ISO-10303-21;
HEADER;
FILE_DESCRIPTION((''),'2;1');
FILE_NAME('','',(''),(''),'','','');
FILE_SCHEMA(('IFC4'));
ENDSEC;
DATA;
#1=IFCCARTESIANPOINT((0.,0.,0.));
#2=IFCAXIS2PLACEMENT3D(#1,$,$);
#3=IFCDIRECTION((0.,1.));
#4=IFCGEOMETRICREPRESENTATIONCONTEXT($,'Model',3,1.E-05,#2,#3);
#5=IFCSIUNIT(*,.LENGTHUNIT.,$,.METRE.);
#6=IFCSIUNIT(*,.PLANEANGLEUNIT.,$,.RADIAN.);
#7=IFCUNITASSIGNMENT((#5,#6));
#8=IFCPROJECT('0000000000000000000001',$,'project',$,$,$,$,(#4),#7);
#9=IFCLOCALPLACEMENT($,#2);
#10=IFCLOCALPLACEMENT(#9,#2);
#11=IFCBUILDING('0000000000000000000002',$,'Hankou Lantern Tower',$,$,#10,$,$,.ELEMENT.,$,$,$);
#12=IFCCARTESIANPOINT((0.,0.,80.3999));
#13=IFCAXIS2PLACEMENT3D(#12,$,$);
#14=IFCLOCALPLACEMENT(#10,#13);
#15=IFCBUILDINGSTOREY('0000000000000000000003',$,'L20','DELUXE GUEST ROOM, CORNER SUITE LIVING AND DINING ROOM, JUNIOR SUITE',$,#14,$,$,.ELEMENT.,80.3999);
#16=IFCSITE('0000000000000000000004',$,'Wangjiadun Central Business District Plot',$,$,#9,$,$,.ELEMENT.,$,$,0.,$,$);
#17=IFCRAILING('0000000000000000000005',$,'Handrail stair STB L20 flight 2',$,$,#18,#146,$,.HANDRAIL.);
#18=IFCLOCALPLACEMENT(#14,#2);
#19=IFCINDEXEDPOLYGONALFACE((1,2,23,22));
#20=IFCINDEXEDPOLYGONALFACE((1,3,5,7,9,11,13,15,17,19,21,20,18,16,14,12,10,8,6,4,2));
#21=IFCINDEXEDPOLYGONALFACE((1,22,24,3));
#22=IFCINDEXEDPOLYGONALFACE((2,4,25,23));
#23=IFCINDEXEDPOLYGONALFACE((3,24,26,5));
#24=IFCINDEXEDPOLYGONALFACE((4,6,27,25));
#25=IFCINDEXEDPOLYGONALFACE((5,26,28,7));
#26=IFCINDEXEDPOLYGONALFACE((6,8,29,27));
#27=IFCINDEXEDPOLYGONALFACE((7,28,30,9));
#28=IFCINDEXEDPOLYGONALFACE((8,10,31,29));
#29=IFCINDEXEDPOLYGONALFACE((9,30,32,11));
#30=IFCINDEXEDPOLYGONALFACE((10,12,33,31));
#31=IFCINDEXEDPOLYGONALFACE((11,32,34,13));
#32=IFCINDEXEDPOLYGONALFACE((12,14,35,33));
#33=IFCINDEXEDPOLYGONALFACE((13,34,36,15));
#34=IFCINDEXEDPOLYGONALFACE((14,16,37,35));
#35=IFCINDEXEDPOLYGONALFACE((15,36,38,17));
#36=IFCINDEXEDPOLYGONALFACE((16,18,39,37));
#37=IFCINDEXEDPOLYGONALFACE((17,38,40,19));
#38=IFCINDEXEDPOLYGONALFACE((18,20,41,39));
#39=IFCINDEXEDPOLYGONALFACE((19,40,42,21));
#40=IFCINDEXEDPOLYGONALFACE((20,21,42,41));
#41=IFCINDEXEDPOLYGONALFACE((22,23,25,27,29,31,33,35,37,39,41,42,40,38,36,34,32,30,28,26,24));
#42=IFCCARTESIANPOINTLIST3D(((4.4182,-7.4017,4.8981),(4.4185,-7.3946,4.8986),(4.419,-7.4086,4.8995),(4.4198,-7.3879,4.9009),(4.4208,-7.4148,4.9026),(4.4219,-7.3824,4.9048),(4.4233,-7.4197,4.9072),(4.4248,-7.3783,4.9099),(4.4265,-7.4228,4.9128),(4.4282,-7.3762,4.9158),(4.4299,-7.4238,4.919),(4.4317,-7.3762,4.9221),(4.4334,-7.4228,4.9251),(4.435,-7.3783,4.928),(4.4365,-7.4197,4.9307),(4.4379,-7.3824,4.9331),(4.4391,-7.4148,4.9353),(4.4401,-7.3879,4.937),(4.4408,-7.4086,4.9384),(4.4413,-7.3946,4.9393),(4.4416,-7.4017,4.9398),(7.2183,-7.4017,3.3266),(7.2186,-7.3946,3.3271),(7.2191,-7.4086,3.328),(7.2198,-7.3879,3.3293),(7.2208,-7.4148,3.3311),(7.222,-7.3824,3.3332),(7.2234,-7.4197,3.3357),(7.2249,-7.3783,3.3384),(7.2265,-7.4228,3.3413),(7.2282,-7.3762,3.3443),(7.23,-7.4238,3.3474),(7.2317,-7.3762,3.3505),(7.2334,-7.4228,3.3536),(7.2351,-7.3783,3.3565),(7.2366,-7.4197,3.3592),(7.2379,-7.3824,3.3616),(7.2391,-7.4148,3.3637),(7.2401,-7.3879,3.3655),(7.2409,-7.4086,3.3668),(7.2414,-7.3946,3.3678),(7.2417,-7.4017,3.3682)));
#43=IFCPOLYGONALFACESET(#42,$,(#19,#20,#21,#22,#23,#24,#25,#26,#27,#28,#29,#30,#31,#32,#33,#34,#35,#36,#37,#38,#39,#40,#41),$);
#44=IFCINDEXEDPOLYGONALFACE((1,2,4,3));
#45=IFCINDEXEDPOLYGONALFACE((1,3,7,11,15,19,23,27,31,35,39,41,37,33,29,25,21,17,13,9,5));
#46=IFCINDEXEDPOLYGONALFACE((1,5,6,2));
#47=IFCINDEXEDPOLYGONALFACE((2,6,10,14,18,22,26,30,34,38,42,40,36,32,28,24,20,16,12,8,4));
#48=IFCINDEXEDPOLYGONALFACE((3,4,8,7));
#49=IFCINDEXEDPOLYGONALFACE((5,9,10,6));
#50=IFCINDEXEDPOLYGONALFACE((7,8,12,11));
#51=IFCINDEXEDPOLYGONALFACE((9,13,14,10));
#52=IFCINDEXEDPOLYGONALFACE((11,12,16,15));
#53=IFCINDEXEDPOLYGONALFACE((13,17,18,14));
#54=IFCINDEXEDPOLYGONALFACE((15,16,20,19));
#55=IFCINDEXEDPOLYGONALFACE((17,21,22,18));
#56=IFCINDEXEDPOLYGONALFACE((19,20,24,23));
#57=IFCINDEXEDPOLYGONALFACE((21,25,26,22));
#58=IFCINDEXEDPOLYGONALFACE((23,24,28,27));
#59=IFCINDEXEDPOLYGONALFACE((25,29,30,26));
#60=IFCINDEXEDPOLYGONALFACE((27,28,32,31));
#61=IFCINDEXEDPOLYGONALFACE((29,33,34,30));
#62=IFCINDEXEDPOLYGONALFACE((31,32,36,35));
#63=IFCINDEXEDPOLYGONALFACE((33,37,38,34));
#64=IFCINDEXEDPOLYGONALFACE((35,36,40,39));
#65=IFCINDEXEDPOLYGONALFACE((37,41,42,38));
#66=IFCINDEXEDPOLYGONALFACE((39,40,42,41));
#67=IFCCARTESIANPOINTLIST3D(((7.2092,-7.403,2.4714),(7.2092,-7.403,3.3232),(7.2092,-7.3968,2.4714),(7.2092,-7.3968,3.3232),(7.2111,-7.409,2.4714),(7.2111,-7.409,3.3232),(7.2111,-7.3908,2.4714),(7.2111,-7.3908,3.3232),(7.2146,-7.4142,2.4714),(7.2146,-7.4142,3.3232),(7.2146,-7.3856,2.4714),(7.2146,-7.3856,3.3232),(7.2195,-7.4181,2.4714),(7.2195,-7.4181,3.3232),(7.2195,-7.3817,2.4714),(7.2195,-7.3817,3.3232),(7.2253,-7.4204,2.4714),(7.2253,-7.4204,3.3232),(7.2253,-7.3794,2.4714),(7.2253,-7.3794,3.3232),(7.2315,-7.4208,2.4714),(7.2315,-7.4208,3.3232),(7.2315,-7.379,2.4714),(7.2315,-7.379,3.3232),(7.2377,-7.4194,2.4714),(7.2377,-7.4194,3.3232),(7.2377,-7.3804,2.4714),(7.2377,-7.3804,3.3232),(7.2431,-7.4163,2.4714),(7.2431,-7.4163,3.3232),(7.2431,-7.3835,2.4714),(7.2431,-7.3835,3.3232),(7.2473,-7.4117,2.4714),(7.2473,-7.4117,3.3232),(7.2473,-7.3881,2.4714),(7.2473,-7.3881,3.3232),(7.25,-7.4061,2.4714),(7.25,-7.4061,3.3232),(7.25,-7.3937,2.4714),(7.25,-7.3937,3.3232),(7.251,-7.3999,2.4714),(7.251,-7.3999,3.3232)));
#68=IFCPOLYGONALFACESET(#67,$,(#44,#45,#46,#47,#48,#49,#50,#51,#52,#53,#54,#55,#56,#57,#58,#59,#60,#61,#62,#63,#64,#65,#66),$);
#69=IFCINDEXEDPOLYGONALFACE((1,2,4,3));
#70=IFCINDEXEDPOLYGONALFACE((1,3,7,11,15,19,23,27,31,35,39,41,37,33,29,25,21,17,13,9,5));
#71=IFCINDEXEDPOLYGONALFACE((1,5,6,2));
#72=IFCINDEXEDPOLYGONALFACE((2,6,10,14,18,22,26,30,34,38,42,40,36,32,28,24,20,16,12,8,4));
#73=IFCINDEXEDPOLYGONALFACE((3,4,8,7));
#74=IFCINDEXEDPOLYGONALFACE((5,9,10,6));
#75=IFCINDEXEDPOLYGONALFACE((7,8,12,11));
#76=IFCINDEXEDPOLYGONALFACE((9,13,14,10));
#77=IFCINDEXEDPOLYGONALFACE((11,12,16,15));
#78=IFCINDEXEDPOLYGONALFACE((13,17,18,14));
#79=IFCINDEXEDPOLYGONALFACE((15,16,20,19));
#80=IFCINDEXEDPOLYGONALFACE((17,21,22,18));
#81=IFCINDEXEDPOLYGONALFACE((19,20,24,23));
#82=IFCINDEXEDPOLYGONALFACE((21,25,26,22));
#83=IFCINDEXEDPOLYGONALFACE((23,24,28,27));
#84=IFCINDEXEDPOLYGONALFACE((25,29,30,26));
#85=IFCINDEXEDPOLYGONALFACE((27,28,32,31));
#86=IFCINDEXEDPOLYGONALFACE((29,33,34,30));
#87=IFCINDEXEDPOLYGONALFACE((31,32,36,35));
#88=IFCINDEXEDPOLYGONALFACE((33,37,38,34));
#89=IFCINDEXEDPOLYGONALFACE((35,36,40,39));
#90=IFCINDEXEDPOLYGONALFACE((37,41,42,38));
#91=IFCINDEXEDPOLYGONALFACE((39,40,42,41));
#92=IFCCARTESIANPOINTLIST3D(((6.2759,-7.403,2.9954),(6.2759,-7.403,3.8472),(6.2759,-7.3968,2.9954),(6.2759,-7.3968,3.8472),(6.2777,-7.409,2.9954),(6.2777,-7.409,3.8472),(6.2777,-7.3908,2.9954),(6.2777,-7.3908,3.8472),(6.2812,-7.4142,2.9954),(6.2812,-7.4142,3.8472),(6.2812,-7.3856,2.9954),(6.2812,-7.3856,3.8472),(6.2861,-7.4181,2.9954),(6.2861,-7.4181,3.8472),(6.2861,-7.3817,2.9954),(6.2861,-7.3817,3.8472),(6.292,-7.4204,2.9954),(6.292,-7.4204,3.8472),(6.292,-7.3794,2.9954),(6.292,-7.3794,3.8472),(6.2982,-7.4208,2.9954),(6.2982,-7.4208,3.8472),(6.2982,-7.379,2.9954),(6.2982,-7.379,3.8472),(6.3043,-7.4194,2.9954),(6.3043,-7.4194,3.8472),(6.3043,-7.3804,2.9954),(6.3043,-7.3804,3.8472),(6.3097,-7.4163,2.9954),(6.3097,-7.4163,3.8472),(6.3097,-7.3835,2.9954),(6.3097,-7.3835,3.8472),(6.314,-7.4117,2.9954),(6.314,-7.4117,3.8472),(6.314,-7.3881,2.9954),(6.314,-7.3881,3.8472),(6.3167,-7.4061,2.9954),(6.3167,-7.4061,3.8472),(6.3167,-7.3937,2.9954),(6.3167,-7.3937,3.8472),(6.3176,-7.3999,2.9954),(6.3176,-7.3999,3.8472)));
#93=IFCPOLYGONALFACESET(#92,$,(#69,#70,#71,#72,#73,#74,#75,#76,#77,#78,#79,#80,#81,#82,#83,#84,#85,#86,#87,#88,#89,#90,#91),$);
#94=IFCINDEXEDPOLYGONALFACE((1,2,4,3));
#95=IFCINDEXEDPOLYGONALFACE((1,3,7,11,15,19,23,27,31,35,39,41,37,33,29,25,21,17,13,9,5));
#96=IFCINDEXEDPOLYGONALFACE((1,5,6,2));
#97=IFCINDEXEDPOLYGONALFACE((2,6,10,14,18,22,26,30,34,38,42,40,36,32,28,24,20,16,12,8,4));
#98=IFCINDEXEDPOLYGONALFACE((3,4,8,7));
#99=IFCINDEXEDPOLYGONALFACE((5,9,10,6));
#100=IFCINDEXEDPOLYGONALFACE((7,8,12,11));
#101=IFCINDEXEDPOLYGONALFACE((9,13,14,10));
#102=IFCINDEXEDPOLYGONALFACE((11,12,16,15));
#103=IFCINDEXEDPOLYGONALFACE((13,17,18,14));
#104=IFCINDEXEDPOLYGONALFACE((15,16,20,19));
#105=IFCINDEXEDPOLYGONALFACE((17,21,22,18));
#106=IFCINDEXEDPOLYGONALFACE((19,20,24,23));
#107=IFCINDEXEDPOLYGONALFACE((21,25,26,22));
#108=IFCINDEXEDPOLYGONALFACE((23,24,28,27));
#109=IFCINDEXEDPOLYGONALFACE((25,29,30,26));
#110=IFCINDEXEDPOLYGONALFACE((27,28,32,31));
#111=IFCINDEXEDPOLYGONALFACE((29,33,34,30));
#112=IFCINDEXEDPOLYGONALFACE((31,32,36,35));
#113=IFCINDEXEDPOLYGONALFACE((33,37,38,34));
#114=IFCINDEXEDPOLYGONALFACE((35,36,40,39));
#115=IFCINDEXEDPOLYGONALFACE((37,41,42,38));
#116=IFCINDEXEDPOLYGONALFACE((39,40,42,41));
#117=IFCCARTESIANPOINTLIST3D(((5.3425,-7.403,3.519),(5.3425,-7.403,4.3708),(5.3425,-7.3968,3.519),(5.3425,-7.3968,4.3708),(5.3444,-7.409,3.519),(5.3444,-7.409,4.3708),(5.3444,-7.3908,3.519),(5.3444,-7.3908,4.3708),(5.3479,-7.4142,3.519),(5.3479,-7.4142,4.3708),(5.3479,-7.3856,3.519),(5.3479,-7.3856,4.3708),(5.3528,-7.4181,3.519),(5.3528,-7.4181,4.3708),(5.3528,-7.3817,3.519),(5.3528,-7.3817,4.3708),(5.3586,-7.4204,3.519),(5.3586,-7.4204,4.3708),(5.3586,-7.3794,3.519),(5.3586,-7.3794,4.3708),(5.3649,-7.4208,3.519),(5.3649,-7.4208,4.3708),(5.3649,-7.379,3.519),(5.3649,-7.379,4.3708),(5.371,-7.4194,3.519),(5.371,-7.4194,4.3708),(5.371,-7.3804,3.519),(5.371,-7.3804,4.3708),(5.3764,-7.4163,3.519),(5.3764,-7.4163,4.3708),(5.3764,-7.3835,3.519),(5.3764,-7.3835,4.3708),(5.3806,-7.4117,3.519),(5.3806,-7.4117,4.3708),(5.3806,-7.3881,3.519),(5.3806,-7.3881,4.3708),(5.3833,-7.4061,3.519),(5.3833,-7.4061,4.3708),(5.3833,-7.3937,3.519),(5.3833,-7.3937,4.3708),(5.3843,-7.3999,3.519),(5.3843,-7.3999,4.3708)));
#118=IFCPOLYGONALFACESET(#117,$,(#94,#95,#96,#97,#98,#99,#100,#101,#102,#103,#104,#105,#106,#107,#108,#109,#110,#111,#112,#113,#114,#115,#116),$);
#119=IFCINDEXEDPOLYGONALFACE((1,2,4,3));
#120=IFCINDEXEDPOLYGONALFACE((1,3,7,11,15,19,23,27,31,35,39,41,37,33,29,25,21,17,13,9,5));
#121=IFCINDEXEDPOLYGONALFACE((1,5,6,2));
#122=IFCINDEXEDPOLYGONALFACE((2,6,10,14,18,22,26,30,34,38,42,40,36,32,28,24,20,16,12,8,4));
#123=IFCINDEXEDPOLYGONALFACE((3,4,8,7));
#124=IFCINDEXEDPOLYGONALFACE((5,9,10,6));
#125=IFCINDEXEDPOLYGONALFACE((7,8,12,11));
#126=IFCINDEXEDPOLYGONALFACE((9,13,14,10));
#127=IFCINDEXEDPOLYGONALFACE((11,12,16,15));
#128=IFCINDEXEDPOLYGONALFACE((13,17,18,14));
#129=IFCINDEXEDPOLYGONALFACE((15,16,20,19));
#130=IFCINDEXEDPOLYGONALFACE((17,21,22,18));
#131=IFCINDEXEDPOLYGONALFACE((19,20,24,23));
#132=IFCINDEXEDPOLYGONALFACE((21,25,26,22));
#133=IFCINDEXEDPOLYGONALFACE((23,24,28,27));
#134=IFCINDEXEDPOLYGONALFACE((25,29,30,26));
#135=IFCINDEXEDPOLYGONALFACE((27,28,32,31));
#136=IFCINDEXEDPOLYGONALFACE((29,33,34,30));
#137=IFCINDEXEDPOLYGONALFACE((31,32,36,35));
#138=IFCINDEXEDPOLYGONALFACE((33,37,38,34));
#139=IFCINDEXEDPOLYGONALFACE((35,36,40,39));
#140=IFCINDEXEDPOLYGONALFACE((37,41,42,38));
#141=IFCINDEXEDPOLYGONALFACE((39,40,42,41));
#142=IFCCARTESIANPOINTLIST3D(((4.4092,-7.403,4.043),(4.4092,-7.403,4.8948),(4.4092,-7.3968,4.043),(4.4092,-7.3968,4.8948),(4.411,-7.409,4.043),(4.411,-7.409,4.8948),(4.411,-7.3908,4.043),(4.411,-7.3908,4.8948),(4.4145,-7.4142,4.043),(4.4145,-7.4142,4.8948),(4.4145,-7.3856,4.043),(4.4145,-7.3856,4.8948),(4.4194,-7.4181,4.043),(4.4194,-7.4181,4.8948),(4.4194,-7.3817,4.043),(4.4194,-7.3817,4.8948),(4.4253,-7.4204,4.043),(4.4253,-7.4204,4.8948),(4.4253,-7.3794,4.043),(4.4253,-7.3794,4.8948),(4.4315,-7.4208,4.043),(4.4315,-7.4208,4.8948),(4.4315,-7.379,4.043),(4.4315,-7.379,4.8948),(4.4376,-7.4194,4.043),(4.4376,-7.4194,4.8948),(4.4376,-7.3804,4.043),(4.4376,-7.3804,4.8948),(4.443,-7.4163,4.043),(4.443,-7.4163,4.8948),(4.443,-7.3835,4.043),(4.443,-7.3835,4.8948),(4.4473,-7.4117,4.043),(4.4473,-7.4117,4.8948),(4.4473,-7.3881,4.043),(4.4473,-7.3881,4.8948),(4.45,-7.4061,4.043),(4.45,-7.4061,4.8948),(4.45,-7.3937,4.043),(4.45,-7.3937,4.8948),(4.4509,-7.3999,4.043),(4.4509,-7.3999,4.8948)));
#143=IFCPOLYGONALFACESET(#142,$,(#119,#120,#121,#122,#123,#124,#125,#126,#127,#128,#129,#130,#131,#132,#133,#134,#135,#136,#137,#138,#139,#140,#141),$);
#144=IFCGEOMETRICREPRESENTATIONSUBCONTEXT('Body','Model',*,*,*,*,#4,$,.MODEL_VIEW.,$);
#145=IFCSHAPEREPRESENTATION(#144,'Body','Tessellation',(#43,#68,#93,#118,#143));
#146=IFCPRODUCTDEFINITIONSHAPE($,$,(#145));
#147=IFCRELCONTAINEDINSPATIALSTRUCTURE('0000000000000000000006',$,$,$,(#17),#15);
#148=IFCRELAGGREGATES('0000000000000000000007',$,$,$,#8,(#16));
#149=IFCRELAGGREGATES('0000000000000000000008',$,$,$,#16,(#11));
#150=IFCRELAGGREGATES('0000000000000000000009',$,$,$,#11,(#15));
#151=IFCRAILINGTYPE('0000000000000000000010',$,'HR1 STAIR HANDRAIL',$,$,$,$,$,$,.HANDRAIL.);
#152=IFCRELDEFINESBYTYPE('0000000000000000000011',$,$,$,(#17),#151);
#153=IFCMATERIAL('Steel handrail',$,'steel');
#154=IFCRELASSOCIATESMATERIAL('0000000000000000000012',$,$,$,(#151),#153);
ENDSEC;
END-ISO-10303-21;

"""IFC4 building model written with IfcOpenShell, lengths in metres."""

from ifc_helpers import new_model, si_unit, direction, frame, origin, origin_2d, place, context, subcontext, project, spatial, circle, extrude, material, type_object, element, save


model = new_model("IFC4")

# Units and contexts
model_context = context("Model", 3, precision=1e-05, world=origin(), true_north=direction((0.0, 1.0)))
body_context = subcontext(model_context, "Body", "Model", "MODEL_VIEW")
ifc_project = project(units=[si_unit("LENGTHUNIT", "METRE"), si_unit("PLANEANGLEUNIT", "RADIAN")], contexts=[model_context])

# Site, building, storey
site_placement = place(None, origin())
site = spatial("IfcSite", under=ifc_project, at=site_placement, Name="Wangjiadun Central Business District Plot", CompositionType="ELEMENT", RefElevation=0.0)
building_placement = place(site_placement, origin())
building = spatial("IfcBuilding", under=site, at=building_placement, Name="Hankou Lantern Tower", CompositionType="ELEMENT")
storey_placement = place(building_placement, frame((0.0, 0.0, 80.3999)))
storey = spatial("IfcBuildingStorey", under=building, at=storey_placement, Name="L20", Description="DELUXE GUEST ROOM, CORNER SUITE LIVING AND DINING ROOM, JUNIOR SUITE", CompositionType="ELEMENT", Elevation=80.3999)

# Railing
ifc_material_1 = material(Name="Steel handrail", Category="steel")
railing_type = type_object("IfcRailingType", Name="HR1 STAIR HANDRAIL", PredefinedType="HANDRAIL", material=ifc_material_1)
railing_1_placement = place(storey_placement, frame((7.23, -7.3999, 2.4714)))
element("IfcRailing", 1, at=railing_1_placement, inside=storey, type_object=railing_type, Name="Handrail stair STB L20 flight 2", PredefinedType="HANDRAIL", context=body_context, shape_type="SweptSolid", body=[
    extrude(circle(Radius=0.0239, at=origin_2d()), frame((0.0, 0.0, 0.876), z_axis=(-0.87204, 0.0, 0.489434), x_axis=(0.0, -1.0, 0.0)), (0.0, 0.0, 1.0), 3.2109),
    extrude(circle(Radius=0.021, at=origin_2d()), origin(), (0.0, 0.0, 1.0), 0.8518),
    extrude(circle(Radius=0.021, at=origin_2d()), frame((-0.9333, 0.0, 0.5239)), (0.0, 0.0, 1.0), 0.8518),
    extrude(circle(Radius=0.021, at=origin_2d()), frame((-1.8667, 0.0, 1.0476)), (0.0, 0.0, 1.0), 0.8518),
    extrude(circle(Radius=0.021, at=origin_2d()), frame((-2.8, 0.0, 1.5715)), (0.0, 0.0, 1.0), 0.8518),
])

save(model, "model.ifc")
